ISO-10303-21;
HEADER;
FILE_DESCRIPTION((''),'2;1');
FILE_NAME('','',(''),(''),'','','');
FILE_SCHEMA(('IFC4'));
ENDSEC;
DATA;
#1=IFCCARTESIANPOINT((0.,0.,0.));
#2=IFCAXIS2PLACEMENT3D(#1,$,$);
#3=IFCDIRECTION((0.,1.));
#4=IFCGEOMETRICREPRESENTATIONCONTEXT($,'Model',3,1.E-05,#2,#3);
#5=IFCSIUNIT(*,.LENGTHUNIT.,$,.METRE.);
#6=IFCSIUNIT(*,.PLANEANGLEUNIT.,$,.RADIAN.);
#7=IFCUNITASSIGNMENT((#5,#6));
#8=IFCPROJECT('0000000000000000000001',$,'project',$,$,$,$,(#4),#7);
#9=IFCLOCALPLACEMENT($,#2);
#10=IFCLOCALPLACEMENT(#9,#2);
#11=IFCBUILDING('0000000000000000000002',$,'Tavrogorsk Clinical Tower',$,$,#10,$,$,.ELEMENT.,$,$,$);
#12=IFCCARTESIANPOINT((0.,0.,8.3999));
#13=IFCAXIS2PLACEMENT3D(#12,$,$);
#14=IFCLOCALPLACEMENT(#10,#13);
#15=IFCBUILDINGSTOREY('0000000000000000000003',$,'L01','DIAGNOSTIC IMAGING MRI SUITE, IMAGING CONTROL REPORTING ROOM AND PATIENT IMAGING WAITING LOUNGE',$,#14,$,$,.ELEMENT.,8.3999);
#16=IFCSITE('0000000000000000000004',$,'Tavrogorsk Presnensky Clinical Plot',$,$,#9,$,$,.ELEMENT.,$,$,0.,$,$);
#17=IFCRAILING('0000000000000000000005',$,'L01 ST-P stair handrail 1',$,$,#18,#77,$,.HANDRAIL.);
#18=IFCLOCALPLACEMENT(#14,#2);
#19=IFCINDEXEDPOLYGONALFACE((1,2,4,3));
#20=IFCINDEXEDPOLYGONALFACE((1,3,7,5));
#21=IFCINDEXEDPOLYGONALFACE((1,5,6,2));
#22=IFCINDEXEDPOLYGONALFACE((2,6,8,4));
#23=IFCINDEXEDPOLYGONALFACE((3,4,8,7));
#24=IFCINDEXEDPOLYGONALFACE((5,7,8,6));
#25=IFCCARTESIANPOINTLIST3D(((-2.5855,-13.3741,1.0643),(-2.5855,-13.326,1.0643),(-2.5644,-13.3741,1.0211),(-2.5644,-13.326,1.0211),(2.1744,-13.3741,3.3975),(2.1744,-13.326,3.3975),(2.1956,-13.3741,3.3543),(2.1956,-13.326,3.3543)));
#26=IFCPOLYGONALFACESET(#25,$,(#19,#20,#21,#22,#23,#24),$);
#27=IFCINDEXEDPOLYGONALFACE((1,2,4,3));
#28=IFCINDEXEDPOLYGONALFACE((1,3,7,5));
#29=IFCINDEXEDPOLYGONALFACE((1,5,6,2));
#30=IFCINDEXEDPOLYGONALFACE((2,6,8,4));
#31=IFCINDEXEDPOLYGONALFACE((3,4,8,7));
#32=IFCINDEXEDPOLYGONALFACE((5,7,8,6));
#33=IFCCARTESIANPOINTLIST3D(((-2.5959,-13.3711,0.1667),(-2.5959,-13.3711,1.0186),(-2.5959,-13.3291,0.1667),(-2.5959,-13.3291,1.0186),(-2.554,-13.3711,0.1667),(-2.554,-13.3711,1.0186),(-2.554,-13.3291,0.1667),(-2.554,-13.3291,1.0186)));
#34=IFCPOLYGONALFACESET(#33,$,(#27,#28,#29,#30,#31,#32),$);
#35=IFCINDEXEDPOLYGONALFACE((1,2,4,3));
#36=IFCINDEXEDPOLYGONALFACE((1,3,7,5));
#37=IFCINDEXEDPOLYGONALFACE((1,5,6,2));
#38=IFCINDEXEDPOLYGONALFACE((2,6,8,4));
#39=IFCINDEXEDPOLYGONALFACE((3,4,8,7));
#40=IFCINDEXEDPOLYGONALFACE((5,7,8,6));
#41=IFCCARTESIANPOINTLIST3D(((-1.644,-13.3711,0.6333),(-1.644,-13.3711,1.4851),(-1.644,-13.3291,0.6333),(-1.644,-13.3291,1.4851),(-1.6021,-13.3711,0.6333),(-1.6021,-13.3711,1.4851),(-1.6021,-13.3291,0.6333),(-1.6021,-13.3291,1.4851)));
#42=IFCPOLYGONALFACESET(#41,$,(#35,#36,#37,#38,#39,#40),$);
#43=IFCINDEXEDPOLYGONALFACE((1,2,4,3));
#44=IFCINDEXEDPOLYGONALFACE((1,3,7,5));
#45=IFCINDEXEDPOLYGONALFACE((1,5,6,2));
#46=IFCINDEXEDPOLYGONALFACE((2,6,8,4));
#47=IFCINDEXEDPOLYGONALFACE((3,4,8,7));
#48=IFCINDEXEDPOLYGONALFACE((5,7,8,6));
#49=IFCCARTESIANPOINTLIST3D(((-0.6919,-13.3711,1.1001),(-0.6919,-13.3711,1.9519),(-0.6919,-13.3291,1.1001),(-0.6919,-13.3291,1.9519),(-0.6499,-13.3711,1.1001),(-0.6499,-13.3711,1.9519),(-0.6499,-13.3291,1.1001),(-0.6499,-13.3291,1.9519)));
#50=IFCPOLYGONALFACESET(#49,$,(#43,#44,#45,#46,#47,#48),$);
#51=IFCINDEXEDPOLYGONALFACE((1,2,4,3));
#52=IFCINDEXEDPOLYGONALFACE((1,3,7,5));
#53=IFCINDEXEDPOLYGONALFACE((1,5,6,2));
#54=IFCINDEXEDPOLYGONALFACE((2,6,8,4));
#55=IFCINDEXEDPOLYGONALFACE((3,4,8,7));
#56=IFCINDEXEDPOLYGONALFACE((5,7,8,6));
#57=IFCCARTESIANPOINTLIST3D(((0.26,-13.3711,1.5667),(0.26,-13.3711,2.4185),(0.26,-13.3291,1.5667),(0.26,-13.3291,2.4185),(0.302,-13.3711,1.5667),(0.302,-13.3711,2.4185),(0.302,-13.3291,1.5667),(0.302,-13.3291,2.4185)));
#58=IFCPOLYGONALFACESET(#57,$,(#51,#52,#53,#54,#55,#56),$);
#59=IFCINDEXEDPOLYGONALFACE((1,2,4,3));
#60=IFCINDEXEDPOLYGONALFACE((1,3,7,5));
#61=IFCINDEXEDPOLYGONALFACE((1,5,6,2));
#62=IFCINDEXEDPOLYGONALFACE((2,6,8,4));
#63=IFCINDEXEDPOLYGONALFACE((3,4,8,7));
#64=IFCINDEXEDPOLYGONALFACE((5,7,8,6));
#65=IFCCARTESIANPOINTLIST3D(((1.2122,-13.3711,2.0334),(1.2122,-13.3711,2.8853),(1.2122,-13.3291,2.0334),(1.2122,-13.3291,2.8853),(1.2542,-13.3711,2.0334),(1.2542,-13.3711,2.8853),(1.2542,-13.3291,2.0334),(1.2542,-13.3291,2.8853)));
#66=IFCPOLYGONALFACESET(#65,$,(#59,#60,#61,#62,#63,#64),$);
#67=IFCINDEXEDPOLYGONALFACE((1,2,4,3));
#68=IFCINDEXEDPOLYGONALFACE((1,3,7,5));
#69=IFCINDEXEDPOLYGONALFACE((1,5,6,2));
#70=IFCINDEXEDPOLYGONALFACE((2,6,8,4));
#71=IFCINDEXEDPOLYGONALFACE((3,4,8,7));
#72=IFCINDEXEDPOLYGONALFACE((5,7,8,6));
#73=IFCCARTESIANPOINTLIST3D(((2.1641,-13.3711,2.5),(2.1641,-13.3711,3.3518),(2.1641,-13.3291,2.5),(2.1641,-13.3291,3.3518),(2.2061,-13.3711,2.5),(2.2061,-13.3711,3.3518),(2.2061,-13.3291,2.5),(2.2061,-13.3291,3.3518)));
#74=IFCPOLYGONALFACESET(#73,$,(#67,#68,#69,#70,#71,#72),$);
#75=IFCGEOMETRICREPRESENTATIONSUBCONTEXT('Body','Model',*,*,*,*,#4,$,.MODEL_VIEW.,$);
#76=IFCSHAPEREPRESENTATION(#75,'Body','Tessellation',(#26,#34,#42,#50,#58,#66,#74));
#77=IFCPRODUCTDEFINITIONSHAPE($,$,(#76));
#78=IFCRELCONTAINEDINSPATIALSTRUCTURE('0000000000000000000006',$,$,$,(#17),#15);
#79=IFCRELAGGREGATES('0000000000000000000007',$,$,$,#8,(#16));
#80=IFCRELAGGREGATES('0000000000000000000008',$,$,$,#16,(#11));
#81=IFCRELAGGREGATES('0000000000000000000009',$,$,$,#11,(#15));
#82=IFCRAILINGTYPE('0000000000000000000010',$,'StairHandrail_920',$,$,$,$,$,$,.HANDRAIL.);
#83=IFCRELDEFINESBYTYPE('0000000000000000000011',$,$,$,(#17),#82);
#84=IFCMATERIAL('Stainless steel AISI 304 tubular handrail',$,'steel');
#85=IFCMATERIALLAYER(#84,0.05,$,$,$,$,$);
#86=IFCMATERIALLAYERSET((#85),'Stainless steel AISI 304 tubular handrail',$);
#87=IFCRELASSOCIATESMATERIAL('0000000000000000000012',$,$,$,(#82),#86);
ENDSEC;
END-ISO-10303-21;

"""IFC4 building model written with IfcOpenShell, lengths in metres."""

from ifc_helpers import new_model, si_unit, direction, frame, origin, origin_2d, place, context, subcontext, project, spatial, rectangle, extrude, material, layer, layer_set, type_object, element, save


model = new_model("IFC4")

# Units and contexts
model_context = context("Model", 3, precision=1e-05, world=origin(), true_north=direction((0.0, 1.0)))
body_context = subcontext(model_context, "Body", "Model", "MODEL_VIEW")
ifc_project = project(units=[si_unit("LENGTHUNIT", "METRE"), si_unit("PLANEANGLEUNIT", "RADIAN")], contexts=[model_context])

# Site, building, storey
site_placement = place(None, origin())
site = spatial("IfcSite", under=ifc_project, at=site_placement, Name="Tavrogorsk Presnensky Clinical Plot", CompositionType="ELEMENT", RefElevation=0.0)
building_placement = place(site_placement, origin())
building = spatial("IfcBuilding", under=site, at=building_placement, Name="Tavrogorsk Clinical Tower", CompositionType="ELEMENT")
storey_placement = place(building_placement, frame((0.0, 0.0, 8.3999)))
storey = spatial("IfcBuildingStorey", under=building, at=storey_placement, Name="L01", Description="DIAGNOSTIC IMAGING MRI SUITE, IMAGING CONTROL REPORTING ROOM AND PATIENT IMAGING WAITING LOUNGE", CompositionType="ELEMENT", Elevation=8.3999)

# Railing
ifc_material_1 = material(Name="Stainless steel AISI 304 tubular handrail", Category="steel")
ifc_layer_1 = layer(ifc_material_1, 0.05)
ifc_layer_set_1 = layer_set([ifc_layer_1], Name="Stainless steel AISI 304 tubular handrail")
railing_type_1 = type_object("IfcRailingType", Name="StairHandrail_920", PredefinedType="HANDRAIL", material=ifc_layer_set_1)
railing_1_placement = place(storey_placement, frame((-2.575, -13.3501, 0.1667)))
element("IfcRailing", 1, at=railing_1_placement, inside=storey, type_object=railing_type_1, Name="L01 ST-P stair handrail 1", PredefinedType="HANDRAIL", context=body_context, shape_type="SweptSolid", body=[
    extrude(rectangle(XDim=0.0481, YDim=0.0481, at=origin_2d()), frame((0.0, 0.0, 0.876), z_axis=(0.897927, 0.0, 0.440144), x_axis=(0.0, 1.0, 0.0)), (0.0, 0.0, 1.0), 5.301),
    extrude(rectangle(XDim=0.042, YDim=0.042, at=origin_2d()), origin(), (0.0, 0.0, 1.0), 0.8518),
    extrude(rectangle(XDim=0.042, YDim=0.042, at=origin_2d()), frame((0.9519, 0.0, 0.4666)), (0.0, 0.0, 1.0), 0.8518),
    extrude(rectangle(XDim=0.042, YDim=0.042, at=origin_2d()), frame((1.9041, 0.0, 0.9333)), (0.0, 0.0, 1.0), 0.8518),
    extrude(rectangle(XDim=0.042, YDim=0.042, at=origin_2d()), frame((2.856, 0.0, 1.3999)), (0.0, 0.0, 1.0), 0.8518),
    extrude(rectangle(XDim=0.042, YDim=0.042, at=origin_2d()), frame((3.8081, 0.0, 1.8667)), (0.0, 0.0, 1.0), 0.8518),
    extrude(rectangle(XDim=0.042, YDim=0.042, at=origin_2d()), frame((4.76, 0.0, 2.3333)), (0.0, 0.0, 1.0), 0.8518),
])

save(model, "model.ifc")
